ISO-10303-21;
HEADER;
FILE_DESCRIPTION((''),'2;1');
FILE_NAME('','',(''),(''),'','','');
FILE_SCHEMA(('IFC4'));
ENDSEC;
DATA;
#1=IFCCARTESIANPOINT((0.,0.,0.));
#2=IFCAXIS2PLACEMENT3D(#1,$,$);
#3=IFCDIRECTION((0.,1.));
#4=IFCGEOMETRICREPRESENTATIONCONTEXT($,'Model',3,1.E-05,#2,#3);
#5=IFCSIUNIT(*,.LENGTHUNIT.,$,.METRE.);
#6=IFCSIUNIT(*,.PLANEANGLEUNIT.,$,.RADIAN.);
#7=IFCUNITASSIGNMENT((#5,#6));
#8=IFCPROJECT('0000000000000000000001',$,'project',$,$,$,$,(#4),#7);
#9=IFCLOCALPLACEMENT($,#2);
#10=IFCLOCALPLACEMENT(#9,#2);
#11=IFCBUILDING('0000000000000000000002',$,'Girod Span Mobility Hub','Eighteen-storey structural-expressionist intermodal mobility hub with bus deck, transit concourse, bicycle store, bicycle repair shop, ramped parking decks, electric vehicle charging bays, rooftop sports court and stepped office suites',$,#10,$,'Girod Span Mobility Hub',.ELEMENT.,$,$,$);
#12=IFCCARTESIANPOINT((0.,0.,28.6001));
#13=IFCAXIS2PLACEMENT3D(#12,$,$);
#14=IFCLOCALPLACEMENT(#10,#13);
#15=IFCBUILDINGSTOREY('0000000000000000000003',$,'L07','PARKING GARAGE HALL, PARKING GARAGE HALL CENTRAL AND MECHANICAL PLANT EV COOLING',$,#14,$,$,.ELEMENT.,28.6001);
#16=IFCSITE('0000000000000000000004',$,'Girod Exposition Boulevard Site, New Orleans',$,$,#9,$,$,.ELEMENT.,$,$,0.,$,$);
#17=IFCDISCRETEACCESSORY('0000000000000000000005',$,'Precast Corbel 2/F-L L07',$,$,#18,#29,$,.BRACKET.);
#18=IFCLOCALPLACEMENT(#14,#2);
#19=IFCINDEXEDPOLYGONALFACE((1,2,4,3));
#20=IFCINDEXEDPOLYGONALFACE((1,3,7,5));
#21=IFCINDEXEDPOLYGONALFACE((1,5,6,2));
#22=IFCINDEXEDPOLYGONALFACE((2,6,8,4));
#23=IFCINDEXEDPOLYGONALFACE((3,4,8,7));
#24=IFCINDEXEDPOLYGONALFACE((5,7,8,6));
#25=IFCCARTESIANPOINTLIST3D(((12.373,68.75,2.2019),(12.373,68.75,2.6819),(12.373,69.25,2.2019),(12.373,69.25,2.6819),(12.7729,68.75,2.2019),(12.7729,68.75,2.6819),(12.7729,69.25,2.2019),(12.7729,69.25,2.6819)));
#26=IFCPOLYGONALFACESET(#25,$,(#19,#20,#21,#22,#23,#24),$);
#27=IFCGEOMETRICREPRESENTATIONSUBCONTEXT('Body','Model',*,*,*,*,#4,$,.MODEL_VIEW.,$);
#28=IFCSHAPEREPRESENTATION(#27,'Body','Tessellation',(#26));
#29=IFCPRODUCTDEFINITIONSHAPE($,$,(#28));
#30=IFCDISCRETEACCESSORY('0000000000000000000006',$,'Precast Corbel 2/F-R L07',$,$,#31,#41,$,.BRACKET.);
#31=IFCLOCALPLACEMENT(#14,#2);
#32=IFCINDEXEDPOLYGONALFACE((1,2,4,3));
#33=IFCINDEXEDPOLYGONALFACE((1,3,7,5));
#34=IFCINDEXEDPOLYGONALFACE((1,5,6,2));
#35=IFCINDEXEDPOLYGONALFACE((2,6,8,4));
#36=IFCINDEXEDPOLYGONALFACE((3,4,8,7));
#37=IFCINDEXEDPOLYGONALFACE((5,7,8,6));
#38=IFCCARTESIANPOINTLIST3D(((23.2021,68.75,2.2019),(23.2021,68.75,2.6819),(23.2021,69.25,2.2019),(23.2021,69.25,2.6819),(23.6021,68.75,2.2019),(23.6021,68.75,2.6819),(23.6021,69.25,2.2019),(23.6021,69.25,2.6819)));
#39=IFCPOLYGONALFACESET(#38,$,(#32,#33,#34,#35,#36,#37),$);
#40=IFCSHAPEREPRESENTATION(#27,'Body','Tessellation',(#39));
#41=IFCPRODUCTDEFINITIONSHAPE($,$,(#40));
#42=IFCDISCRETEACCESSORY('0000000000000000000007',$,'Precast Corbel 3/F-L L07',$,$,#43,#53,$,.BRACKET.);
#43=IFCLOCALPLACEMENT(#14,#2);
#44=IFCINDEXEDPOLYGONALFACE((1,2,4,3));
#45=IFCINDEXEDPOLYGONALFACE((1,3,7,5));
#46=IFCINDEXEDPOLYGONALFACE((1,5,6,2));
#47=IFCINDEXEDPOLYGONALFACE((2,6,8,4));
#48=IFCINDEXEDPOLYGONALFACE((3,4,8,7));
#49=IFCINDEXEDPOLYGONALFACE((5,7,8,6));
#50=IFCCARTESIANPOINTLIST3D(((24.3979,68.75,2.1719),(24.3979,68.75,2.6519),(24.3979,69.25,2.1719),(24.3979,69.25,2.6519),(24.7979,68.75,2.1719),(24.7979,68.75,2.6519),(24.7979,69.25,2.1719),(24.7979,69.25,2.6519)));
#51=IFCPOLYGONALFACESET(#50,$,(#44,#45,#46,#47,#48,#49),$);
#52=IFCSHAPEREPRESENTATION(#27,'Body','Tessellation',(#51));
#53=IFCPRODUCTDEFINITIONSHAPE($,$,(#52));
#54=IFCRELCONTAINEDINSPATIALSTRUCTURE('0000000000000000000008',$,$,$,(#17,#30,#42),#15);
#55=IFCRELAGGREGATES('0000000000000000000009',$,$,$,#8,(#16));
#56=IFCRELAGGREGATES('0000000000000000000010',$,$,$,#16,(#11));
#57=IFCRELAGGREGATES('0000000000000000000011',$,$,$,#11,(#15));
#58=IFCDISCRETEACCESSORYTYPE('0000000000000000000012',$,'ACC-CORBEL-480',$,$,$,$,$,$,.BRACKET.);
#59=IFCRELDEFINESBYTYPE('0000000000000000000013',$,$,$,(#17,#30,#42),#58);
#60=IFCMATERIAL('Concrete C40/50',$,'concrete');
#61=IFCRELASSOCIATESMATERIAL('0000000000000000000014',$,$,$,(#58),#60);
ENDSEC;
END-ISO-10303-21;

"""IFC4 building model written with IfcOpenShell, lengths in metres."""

from ifc_helpers import new_model, si_unit, direction, frame, origin, origin_2d, place, context, subcontext, project, spatial, rectangle, extrude, material, type_object, element, save


model = new_model("IFC4")

# Units and contexts
model_context = context("Model", 3, precision=1e-05, world=origin(), true_north=direction((0.0, 1.0)))
body_context = subcontext(model_context, "Body", "Model", "MODEL_VIEW")
ifc_project = project(units=[si_unit("LENGTHUNIT", "METRE"), si_unit("PLANEANGLEUNIT", "RADIAN")], contexts=[model_context])

# Site, building, storey
site_placement = place(None, origin())
site = spatial("IfcSite", under=ifc_project, at=site_placement, Name="Girod Exposition Boulevard Site, New Orleans", CompositionType="ELEMENT", RefElevation=0.0)
building_placement = place(site_placement, origin())
building = spatial("IfcBuilding", under=site, at=building_placement, Name="Girod Span Mobility Hub", Description="Eighteen-storey structural-expressionist intermodal mobility hub with bus deck, transit concourse, bicycle store, bicycle repair shop, ramped parking decks, electric vehicle charging bays, rooftop sports court and stepped office suites", LongName="Girod Span Mobility Hub", CompositionType="ELEMENT")
storey_placement = place(building_placement, frame((0.0, 0.0, 28.6001)))
storey = spatial("IfcBuildingStorey", under=building, at=storey_placement, Name="L07", Description="PARKING GARAGE HALL, PARKING GARAGE HALL CENTRAL AND MECHANICAL PLANT EV COOLING", CompositionType="ELEMENT", Elevation=28.6001)

# Discrete accessories
ifc_material_1 = material(Name="Concrete C40/50", Category="concrete")
discrete_accessory_type = type_object("IfcDiscreteAccessoryType", Name="ACC-CORBEL-480", PredefinedType="BRACKET", material=ifc_material_1)
for number, where, z_axis, x_axis, name in (
    (1, (12.573, 69.0, 2.2019), (0.0, 0.0, 1.0), (1.0, 0.0, 0.0), "Precast Corbel 2/F-L L07"),
    (2, (23.4021, 69.0, 2.2019), (0.0, 0.0, 1.0), (1.0, 0.0, 0.0), "Precast Corbel 2/F-R L07"),
    (3, (24.5979, 69.0, 2.1719), (0.0, 0.0, 1.0), (1.0, 0.0, 0.0), "Precast Corbel 3/F-L L07"),
):
    element("IfcDiscreteAccessory", number, at=place(storey_placement, frame(where, z_axis=z_axis, x_axis=x_axis)), inside=storey, type_object=discrete_accessory_type, Name=name, PredefinedType="BRACKET", context=body_context, shape_type="SweptSolid", body=[
        extrude(rectangle(XDim=0.3999, YDim=0.5, at=origin_2d()), origin(), (0.0, 0.0, 1.0), 0.48),
    ])

save(model, "model.ifc")
